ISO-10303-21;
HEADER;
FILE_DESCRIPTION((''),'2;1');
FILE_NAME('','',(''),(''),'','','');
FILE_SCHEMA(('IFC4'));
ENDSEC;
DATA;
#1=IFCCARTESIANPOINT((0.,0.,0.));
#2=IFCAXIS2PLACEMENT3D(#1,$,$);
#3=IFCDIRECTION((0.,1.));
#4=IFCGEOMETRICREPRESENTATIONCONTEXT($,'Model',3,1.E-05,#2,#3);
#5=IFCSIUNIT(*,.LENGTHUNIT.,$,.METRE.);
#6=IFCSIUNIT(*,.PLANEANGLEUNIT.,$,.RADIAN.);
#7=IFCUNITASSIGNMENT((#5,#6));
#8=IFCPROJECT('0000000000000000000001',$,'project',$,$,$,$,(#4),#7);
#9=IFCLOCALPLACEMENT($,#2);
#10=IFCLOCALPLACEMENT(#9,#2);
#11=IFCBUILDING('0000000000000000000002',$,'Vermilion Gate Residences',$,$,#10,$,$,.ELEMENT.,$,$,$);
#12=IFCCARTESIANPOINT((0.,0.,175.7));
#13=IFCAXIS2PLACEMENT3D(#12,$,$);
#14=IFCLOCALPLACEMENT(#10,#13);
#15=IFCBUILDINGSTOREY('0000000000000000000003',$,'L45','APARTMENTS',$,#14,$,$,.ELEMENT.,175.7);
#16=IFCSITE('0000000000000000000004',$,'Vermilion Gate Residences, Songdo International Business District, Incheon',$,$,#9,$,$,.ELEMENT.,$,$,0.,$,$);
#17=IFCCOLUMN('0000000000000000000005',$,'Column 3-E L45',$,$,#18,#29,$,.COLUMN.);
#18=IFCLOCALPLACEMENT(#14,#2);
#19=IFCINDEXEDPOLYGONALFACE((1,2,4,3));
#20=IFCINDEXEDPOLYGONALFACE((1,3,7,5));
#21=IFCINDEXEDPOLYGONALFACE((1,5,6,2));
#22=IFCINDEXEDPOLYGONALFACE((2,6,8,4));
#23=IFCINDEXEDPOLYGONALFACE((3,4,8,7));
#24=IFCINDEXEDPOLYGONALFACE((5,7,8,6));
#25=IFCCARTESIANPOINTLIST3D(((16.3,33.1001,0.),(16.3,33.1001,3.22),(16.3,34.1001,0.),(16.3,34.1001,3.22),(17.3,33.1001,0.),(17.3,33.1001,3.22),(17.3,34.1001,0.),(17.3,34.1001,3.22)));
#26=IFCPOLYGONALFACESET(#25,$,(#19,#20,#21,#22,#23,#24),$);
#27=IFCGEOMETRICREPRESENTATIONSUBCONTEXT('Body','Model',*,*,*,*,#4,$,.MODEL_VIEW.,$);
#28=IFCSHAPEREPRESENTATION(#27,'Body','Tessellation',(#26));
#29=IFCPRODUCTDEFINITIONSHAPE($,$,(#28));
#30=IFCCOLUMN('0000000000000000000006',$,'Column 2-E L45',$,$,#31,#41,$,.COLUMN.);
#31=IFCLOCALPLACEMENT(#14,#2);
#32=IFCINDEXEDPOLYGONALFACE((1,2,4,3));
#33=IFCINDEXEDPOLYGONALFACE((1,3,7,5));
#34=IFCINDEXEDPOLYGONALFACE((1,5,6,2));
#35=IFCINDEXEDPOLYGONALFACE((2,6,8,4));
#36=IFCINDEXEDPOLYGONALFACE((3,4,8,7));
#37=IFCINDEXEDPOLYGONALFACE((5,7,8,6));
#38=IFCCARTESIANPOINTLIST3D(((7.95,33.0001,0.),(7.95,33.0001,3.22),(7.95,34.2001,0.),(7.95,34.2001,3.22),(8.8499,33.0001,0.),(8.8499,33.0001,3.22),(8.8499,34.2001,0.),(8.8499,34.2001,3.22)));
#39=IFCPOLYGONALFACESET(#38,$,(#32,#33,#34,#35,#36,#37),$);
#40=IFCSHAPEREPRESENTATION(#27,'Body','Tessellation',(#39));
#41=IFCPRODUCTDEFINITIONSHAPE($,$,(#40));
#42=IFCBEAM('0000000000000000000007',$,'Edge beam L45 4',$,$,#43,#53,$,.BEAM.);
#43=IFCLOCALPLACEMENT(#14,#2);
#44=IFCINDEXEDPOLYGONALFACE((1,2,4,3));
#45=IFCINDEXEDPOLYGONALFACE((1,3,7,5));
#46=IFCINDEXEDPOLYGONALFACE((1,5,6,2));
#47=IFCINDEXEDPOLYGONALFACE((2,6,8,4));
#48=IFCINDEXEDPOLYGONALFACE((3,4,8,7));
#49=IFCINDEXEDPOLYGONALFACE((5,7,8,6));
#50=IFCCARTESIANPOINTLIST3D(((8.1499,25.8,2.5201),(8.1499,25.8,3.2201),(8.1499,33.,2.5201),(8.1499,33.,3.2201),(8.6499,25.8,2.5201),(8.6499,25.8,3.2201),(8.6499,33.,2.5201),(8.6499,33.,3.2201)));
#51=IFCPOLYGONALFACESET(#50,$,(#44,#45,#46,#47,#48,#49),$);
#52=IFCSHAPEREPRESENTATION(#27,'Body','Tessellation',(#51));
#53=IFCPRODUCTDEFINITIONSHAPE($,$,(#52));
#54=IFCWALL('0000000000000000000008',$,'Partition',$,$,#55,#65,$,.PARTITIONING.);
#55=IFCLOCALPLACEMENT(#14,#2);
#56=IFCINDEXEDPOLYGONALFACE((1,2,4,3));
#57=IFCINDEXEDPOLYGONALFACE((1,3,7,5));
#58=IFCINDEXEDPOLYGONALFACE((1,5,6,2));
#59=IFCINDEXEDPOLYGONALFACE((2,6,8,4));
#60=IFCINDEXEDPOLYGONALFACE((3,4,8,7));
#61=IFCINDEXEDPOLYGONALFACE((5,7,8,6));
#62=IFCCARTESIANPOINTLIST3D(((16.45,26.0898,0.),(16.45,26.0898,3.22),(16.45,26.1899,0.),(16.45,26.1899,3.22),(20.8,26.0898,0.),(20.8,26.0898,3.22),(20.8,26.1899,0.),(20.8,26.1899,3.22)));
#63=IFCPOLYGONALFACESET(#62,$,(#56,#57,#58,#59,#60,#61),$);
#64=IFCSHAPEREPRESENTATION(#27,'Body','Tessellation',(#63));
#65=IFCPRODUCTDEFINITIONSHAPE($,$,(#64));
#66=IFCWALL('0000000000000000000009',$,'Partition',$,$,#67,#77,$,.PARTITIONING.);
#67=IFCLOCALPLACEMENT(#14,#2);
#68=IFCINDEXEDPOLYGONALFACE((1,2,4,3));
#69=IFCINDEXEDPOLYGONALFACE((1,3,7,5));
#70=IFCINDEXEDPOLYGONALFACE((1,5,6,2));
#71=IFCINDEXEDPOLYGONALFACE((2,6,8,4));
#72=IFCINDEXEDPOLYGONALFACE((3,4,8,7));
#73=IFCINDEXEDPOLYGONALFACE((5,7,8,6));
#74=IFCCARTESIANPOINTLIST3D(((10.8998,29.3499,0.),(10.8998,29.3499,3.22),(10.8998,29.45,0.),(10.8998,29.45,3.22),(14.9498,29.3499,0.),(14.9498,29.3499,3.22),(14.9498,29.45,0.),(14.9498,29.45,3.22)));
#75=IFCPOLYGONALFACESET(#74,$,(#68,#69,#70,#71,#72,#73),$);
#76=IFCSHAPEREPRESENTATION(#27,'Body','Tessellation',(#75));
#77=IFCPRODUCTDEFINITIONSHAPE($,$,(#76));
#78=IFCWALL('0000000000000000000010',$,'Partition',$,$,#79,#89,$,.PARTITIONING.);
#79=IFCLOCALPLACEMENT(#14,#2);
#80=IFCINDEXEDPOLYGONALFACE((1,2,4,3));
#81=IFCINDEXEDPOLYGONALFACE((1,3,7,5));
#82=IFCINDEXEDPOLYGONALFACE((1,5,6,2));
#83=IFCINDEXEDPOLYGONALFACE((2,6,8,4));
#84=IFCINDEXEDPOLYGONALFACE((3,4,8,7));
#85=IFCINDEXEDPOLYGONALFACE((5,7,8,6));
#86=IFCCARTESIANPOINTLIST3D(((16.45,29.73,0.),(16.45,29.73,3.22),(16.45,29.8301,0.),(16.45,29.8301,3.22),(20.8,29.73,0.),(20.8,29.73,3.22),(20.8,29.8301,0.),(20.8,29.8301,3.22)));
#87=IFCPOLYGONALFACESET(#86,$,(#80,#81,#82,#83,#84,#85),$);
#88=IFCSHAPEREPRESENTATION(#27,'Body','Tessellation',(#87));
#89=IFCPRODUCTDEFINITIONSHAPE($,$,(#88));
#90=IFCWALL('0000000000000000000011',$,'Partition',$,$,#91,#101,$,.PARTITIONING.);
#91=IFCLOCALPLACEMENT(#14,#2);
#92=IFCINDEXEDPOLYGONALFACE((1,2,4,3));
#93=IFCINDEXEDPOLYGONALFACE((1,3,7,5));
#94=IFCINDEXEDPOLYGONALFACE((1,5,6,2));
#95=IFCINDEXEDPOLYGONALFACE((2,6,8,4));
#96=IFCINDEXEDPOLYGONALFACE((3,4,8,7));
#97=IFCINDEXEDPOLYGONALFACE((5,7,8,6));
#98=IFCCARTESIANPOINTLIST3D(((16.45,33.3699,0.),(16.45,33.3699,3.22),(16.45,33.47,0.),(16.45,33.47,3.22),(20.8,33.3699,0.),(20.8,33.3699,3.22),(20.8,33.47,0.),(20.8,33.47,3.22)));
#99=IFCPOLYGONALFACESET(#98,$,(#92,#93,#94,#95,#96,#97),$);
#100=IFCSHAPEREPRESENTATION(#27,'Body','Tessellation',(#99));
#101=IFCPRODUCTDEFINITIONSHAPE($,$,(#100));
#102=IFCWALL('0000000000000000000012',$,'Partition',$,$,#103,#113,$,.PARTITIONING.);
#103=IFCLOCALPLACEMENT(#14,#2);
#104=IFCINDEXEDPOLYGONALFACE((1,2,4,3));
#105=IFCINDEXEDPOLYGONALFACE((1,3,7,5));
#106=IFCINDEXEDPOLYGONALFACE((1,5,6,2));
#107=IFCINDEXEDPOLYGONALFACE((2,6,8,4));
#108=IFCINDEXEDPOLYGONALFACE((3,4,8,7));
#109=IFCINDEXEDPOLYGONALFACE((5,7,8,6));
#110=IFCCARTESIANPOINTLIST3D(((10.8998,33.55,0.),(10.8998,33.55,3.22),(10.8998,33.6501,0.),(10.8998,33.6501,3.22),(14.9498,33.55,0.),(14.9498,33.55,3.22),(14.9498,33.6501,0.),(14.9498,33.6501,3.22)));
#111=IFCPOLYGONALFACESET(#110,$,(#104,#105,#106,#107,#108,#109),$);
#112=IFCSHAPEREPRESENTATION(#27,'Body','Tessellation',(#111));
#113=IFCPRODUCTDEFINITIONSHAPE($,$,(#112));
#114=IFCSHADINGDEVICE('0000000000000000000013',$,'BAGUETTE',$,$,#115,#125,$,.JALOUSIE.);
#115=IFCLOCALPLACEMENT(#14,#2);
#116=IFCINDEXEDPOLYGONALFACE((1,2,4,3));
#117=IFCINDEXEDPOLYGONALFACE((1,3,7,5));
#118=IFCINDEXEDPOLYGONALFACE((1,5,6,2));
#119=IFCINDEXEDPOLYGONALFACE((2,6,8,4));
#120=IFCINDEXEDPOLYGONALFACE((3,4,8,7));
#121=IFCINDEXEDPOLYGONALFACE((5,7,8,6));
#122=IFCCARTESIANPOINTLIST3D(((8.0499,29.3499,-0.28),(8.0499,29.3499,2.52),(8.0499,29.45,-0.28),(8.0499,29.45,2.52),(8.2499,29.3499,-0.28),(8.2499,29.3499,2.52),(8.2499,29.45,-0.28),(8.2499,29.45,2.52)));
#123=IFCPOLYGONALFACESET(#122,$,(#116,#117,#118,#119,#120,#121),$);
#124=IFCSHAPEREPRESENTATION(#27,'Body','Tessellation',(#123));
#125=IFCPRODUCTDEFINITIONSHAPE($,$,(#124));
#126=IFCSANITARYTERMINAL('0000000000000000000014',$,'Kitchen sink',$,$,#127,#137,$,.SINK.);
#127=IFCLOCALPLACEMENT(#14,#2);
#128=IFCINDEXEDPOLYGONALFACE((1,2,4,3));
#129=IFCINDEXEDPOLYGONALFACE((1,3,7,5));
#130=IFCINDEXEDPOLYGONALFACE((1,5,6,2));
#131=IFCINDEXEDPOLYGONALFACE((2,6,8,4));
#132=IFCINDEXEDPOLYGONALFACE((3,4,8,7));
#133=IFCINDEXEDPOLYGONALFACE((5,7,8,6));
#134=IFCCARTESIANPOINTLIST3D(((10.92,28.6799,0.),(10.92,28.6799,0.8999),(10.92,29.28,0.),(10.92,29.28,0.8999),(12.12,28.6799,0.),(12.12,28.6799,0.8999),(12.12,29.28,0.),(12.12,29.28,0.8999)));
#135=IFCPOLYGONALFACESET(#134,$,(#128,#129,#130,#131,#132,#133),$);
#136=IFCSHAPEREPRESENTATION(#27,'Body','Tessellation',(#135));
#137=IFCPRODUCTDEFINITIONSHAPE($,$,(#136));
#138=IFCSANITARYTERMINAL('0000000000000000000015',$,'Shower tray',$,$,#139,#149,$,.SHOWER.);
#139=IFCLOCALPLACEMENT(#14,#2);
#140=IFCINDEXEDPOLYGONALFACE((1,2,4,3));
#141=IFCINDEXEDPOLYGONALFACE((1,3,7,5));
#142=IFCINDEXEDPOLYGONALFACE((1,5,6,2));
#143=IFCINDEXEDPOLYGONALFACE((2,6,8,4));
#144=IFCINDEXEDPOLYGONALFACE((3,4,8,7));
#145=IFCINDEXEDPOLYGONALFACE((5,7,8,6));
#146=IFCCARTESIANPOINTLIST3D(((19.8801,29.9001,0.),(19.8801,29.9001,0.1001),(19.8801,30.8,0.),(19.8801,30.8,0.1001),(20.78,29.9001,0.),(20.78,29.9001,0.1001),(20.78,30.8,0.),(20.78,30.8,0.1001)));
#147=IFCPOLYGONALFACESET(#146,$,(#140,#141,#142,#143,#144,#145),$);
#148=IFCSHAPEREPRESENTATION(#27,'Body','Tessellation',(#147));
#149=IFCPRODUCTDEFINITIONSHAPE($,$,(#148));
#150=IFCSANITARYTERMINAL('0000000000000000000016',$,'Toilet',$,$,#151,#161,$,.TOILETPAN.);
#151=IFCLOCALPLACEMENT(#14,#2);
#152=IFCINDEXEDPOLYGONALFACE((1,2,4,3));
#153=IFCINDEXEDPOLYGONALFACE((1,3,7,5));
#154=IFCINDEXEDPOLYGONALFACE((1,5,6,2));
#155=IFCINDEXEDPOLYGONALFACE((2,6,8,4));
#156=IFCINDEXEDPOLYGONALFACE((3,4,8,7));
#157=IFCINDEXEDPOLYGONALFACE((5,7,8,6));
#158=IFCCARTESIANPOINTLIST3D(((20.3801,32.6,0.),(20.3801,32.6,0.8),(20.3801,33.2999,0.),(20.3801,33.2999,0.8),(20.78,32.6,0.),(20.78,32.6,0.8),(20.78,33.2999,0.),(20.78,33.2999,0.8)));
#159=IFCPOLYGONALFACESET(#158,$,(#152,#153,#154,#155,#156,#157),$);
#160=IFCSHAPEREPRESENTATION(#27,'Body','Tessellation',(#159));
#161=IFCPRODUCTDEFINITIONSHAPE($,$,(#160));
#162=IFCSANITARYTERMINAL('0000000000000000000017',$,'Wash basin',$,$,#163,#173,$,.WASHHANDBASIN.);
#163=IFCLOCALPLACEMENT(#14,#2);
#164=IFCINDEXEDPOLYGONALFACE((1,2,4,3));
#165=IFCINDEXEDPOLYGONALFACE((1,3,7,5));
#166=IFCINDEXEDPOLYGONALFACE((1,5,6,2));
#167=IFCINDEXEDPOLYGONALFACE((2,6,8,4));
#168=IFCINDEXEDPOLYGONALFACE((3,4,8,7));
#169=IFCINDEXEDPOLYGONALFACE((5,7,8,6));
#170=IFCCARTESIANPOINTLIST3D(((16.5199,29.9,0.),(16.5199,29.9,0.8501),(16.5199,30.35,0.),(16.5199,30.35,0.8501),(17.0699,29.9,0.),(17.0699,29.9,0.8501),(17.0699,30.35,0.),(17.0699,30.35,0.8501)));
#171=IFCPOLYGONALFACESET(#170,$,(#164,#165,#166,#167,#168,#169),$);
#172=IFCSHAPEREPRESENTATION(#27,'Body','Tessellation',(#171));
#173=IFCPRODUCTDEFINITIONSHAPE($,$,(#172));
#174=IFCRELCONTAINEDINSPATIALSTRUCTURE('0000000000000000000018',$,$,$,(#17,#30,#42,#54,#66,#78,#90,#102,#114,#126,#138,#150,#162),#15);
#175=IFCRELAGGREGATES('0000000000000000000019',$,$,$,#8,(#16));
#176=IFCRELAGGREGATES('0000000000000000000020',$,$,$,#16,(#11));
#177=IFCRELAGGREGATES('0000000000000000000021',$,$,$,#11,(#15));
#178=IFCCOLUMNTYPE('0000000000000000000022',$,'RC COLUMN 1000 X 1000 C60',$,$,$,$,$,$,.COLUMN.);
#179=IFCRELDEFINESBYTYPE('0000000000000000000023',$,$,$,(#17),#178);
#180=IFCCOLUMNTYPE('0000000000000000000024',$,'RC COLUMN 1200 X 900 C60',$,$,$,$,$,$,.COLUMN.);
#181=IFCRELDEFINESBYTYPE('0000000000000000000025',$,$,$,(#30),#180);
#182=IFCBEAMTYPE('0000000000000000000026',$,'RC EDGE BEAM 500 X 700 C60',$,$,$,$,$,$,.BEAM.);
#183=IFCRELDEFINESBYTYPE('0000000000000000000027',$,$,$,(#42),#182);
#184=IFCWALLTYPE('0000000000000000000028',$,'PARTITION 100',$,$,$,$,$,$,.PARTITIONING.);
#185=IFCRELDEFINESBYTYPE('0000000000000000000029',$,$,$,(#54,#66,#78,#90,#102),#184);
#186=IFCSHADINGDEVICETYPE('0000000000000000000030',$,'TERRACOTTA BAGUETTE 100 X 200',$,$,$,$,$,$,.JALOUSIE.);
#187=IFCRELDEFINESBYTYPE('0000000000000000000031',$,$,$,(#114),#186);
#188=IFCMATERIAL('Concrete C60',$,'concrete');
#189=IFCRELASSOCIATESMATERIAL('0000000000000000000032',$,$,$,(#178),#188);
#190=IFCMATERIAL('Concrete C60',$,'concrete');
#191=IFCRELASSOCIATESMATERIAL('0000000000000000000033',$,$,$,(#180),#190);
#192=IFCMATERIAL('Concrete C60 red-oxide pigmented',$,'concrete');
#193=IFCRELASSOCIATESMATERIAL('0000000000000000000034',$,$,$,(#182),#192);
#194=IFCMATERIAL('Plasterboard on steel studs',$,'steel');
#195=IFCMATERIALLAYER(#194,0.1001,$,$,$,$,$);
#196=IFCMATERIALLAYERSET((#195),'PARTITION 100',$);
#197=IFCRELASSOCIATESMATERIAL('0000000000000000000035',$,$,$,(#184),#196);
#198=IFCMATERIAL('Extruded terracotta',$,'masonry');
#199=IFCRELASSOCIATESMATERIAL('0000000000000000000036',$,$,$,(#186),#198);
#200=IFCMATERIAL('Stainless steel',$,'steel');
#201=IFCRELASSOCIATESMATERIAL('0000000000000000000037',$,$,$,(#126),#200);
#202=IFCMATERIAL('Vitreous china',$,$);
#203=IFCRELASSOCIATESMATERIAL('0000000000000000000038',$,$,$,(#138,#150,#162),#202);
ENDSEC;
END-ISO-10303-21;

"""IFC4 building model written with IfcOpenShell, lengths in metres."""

from ifc_helpers import new_model, si_unit, direction, frame, frame_2d, origin, origin_2d, place, context, subcontext, project, spatial, rectangle, extrude, material, layer, layer_set, material_profile, profile_set, type_object, element, save


model = new_model("IFC4")

# Units and contexts
model_context = context("Model", 3, precision=1e-05, world=origin(), true_north=direction((0.0, 1.0)))
body_context = subcontext(model_context, "Body", "Model", "MODEL_VIEW")
ifc_project = project(units=[si_unit("LENGTHUNIT", "METRE"), si_unit("PLANEANGLEUNIT", "RADIAN")], contexts=[model_context])

# Site, building, storey
site_placement = place(None, origin())
site = spatial("IfcSite", under=ifc_project, at=site_placement, Name="Vermilion Gate Residences, Songdo International Business District, Incheon", CompositionType="ELEMENT", RefElevation=0.0)
building_placement = place(site_placement, origin())
building = spatial("IfcBuilding", under=site, at=building_placement, Name="Vermilion Gate Residences", CompositionType="ELEMENT")
storey_placement = place(building_placement, frame((0.0, 0.0, 175.7)))
storey = spatial("IfcBuildingStorey", under=building, at=storey_placement, Name="L45", Description="APARTMENTS", CompositionType="ELEMENT", Elevation=175.7)

# Columns
ifc_material_1 = material(Name="Concrete C60", Category="concrete")
ifc_material_profile_1 = material_profile(ifc_material_1, rectangle(XDim=1.0, YDim=1.0, at=origin_2d()), Name="RC-1000x1000")
ifc_profile_set_1 = profile_set([ifc_material_profile_1], Name="Concrete C60")
column_type_1 = type_object("IfcColumnType", Name="RC COLUMN 1000 X 1000 C60", PredefinedType="COLUMN", material=ifc_profile_set_1)
column_1_placement = place(storey_placement, frame((16.8, 33.6001, 0.0), z_axis=(0.0, 0.0, 1.0), x_axis=(1.0, 0.0, 0.0)))
element("IfcColumn", 1, at=column_1_placement, inside=storey, type_object=column_type_1, Name="Column 3-E L45", PredefinedType="COLUMN", context=body_context, shape_type="SweptSolid", body=[
    extrude(rectangle(XDim=1.0, YDim=1.0, at=origin_2d()), origin(), (0.0, 0.0, 1.0), 3.22),
])
ifc_material_2 = material(Name="Concrete C60", Category="concrete")
ifc_material_profile_2 = material_profile(ifc_material_2, rectangle(XDim=1.2, YDim=0.8999, at=origin_2d()), Name="RC-1200x900")
ifc_profile_set_2 = profile_set([ifc_material_profile_2], Name="Concrete C60")
column_type_2 = type_object("IfcColumnType", Name="RC COLUMN 1200 X 900 C60", PredefinedType="COLUMN", material=ifc_profile_set_2)
column_2_placement = place(storey_placement, frame((8.3999, 33.6001, 0.0), z_axis=(0.0, 0.0, 1.0), x_axis=(0.0, 1.0, 0.0)))
element("IfcColumn", 2, at=column_2_placement, inside=storey, type_object=column_type_2, Name="Column 2-E L45", PredefinedType="COLUMN", context=body_context, shape_type="SweptSolid", body=[
    extrude(rectangle(XDim=1.2, YDim=0.8999, at=origin_2d()), origin(), (0.0, 0.0, 1.0), 3.22),
])

# Beam
ifc_material_3 = material(Name="Concrete C60 red-oxide pigmented", Category="concrete")
ifc_material_profile_3 = material_profile(ifc_material_3, rectangle(XDim=0.5, YDim=0.7, at=origin_2d()), Name="RC-500x700")
ifc_profile_set_3 = profile_set([ifc_material_profile_3], Name="Concrete C60 red-oxide pigmented")
beam_type = type_object("IfcBeamType", Name="RC EDGE BEAM 500 X 700 C60", PredefinedType="BEAM", material=ifc_profile_set_3)
beam_placement = place(storey_placement, frame((8.3999, 25.8, 2.8701), z_axis=(0.0, 1.0, 0.0), x_axis=(-1.0, 0.0, 0.0)))
element("IfcBeam", 3, at=beam_placement, inside=storey, type_object=beam_type, Name="Edge beam L45 4", PredefinedType="BEAM", context=body_context, shape_type="SweptSolid", body=[
    extrude(rectangle(XDim=0.5, YDim=0.7, at=origin_2d()), origin(), (0.0, 0.0, 1.0), 7.2),
])

# Walls
ifc_material_4 = material(Name="Plasterboard on steel studs", Category="steel")
ifc_layer = layer(ifc_material_4, 0.1001)
ifc_layer_set = layer_set([ifc_layer], Name="PARTITION 100")
wall_type = type_object("IfcWallType", Name="PARTITION 100", PredefinedType="PARTITIONING", material=ifc_layer_set)
wall_1_placement = place(storey_placement, frame((16.45, 26.1399, 0.0), z_axis=(0.0, 0.0, 1.0), x_axis=(1.0, 0.0, 0.0)))
element("IfcWall", 4, at=wall_1_placement, inside=storey, type_object=wall_type, Name="Partition", PredefinedType="PARTITIONING", context=body_context, shape_type="SweptSolid", body=[
    extrude(rectangle(XDim=4.3501, YDim=0.1001, at=frame_2d((2.175, 0.0))), origin(), (0.0, 0.0, 1.0), 3.22),
])
wall_2_placement = place(storey_placement, frame((10.8999, 29.3999, 0.0), z_axis=(0.0, 0.0, 1.0), x_axis=(1.0, 0.0, 0.0)))
element("IfcWall", 5, at=wall_2_placement, inside=storey, type_object=wall_type, Name="Partition", PredefinedType="PARTITIONING", context=body_context, shape_type="SweptSolid", body=[
    extrude(rectangle(XDim=4.05, YDim=0.1001, at=frame_2d((2.0249, 0.0))), origin(), (0.0, 0.0, 1.0), 3.22),
])
for number, where, z_axis, x_axis, name in (
    (6, (16.45, 29.78, 0.0), (0.0, 0.0, 1.0), (1.0, 0.0, 0.0), "Partition"),
    (7, (16.45, 33.4199, 0.0), (0.0, 0.0, 1.0), (1.0, 0.0, 0.0), "Partition"),
):
    element("IfcWall", number, at=place(storey_placement, frame(where, z_axis=z_axis, x_axis=x_axis)), inside=storey, type_object=wall_type, Name=name, PredefinedType="PARTITIONING", context=body_context, shape_type="SweptSolid", body=[
        extrude(rectangle(XDim=4.3501, YDim=0.1001, at=frame_2d((2.175, 0.0))), origin(), (0.0, 0.0, 1.0), 3.22),
    ])
wall_3_placement = place(storey_placement, frame((10.8999, 33.6001, 0.0), z_axis=(0.0, 0.0, 1.0), x_axis=(1.0, 0.0, 0.0)))
element("IfcWall", 8, at=wall_3_placement, inside=storey, type_object=wall_type, Name="Partition", PredefinedType="PARTITIONING", context=body_context, shape_type="SweptSolid", body=[
    extrude(rectangle(XDim=4.05, YDim=0.1001, at=frame_2d((2.0249, 0.0))), origin(), (0.0, 0.0, 1.0), 3.22),
])

# Shading device
ifc_material_5 = material(Name="Extruded terracotta", Category="masonry")
ifc_material_profile_4 = material_profile(ifc_material_5, rectangle(XDim=0.2, YDim=0.1001, at=origin_2d()), Name="BAGUETTE 100 X 200")
ifc_profile_set_4 = profile_set([ifc_material_profile_4], Name="Extruded terracotta")
shading_device_type = type_object("IfcShadingDeviceType", Name="TERRACOTTA BAGUETTE 100 X 200", PredefinedType="JALOUSIE", material=ifc_profile_set_4)
shading_device_placement = place(storey_placement, frame((8.1499, 29.3999, -0.28), z_axis=(0.0, 0.0, 1.0), x_axis=(1.0, 0.0, 0.0)))
element("IfcShadingDevice", 9, at=shading_device_placement, inside=storey, type_object=shading_device_type, Name="BAGUETTE", PredefinedType="JALOUSIE", context=body_context, shape_type="SweptSolid", body=[
    extrude(rectangle(XDim=0.2, YDim=0.1001, at=origin_2d()), origin(), (0.0, 0.0, 1.0), 2.8),
])

# Sanitary terminals
ifc_material_6 = material(Name="Stainless steel", Category="steel")
sanitary_terminal_1_placement = place(storey_placement, frame((11.52, 28.98, 0.0), z_axis=(0.0, 0.0, 1.0), x_axis=(1.0, 0.0, 0.0)))
element("IfcSanitaryTerminal", 10, at=sanitary_terminal_1_placement, inside=storey, material=ifc_material_6, Name="Kitchen sink", PredefinedType="SINK", context=body_context, shape_type="SweptSolid", body=[
    extrude(rectangle(XDim=1.2, YDim=0.6001, at=origin_2d()), origin(), (0.0, 0.0, 1.0), 0.8999),
])
ifc_material_7 = material(Name="Vitreous china")
sanitary_terminal_2_placement = place(storey_placement, frame((20.3301, 30.3501, 0.0), z_axis=(0.0, 0.0, 1.0), x_axis=(1.0, 0.0, 0.0)))
element("IfcSanitaryTerminal", 11, at=sanitary_terminal_2_placement, inside=storey, material=ifc_material_7, Name="Shower tray", PredefinedType="SHOWER", context=body_context, shape_type="SweptSolid", body=[
    extrude(rectangle(XDim=0.8999, YDim=0.8999, at=origin_2d()), origin(), (0.0, 0.0, 1.0), 0.1001),
])
sanitary_terminal_3_placement = place(storey_placement, frame((20.5801, 32.95, 0.0), z_axis=(0.0, 0.0, 1.0), x_axis=(1.0, 0.0, 0.0)))
element("IfcSanitaryTerminal", 12, at=sanitary_terminal_3_placement, inside=storey, material=ifc_material_7, Name="Toilet", PredefinedType="TOILETPAN", context=body_context, shape_type="SweptSolid", body=[
    extrude(rectangle(XDim=0.3999, YDim=0.7, at=origin_2d()), origin(), (0.0, 0.0, 1.0), 0.8),
])
sanitary_terminal_4_placement = place(storey_placement, frame((16.7949, 30.125, 0.0), z_axis=(0.0, 0.0, 1.0), x_axis=(1.0, 0.0, 0.0)))
element("IfcSanitaryTerminal", 13, at=sanitary_terminal_4_placement, inside=storey, material=ifc_material_7, Name="Wash basin", PredefinedType="WASHHANDBASIN", context=body_context, shape_type="SweptSolid", body=[
    extrude(rectangle(XDim=0.55, YDim=0.45, at=origin_2d()), origin(), (0.0, 0.0, 1.0), 0.8501),
])

save(model, "model.ifc")
